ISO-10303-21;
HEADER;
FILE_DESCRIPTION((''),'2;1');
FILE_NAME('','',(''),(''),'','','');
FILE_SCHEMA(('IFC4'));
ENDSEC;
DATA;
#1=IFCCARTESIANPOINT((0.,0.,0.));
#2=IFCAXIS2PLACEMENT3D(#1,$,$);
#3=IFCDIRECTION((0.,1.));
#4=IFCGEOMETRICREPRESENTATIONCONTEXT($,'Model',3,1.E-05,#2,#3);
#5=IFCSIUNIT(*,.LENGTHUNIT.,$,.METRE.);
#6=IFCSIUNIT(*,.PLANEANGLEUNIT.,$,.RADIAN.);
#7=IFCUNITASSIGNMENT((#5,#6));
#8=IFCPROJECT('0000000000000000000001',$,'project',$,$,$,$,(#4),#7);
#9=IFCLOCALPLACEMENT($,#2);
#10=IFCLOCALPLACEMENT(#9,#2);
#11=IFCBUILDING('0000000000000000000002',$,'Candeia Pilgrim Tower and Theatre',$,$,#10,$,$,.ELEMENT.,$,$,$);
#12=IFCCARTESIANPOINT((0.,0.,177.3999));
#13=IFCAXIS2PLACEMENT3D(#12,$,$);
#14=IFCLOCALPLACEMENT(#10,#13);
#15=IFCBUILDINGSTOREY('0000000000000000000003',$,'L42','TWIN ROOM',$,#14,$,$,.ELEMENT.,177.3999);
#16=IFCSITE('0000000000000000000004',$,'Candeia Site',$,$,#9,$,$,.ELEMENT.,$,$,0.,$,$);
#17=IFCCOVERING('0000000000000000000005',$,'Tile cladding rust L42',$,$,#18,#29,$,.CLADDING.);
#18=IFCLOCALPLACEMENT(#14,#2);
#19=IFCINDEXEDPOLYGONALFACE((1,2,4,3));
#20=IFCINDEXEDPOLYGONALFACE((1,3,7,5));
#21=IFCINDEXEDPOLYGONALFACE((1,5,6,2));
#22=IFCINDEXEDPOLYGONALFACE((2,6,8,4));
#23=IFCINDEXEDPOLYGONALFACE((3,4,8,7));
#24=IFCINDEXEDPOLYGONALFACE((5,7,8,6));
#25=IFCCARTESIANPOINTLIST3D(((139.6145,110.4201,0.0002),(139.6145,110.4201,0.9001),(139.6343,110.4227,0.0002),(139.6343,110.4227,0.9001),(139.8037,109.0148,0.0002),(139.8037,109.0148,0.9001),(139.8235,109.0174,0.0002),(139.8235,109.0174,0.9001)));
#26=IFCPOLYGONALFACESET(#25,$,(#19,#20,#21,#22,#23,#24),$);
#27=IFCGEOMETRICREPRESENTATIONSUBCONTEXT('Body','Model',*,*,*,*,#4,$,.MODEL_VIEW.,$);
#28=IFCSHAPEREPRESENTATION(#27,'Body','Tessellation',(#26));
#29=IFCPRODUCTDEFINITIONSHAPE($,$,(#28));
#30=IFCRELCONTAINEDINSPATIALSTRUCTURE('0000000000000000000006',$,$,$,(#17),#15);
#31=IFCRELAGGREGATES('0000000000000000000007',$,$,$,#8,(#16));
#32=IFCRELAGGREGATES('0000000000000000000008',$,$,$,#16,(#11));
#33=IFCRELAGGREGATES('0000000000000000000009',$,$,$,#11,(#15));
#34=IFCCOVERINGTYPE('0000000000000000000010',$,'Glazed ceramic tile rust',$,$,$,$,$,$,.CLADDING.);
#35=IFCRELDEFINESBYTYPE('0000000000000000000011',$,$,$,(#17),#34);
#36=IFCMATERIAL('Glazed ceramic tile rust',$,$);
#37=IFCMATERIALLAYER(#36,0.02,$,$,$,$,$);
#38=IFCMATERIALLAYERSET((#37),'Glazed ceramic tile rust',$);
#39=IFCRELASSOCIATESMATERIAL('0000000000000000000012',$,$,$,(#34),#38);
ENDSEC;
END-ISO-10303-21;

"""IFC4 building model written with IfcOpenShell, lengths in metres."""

from ifc_helpers import new_model, si_unit, direction, frame, origin, origin_2d, place, context, subcontext, project, spatial, rectangle, extrude, material, layer, layer_set, type_object, element, save


model = new_model("IFC4")

# Units and contexts
model_context = context("Model", 3, precision=1e-05, world=origin(), true_north=direction((0.0, 1.0)))
body_context = subcontext(model_context, "Body", "Model", "MODEL_VIEW")
ifc_project = project(units=[si_unit("LENGTHUNIT", "METRE"), si_unit("PLANEANGLEUNIT", "RADIAN")], contexts=[model_context])

# Site, building, storey
site_placement = place(None, origin())
site = spatial("IfcSite", under=ifc_project, at=site_placement, Name="Candeia Site", CompositionType="ELEMENT", RefElevation=0.0)
building_placement = place(site_placement, origin())
building = spatial("IfcBuilding", under=site, at=building_placement, Name="Candeia Pilgrim Tower and Theatre", CompositionType="ELEMENT")
storey_placement = place(building_placement, frame((0.0, 0.0, 177.3999)))
storey = spatial("IfcBuildingStorey", under=building, at=storey_placement, Name="L42", Description="TWIN ROOM", CompositionType="ELEMENT", Elevation=177.3999)

# Covering
ifc_material_1 = material(Name="Glazed ceramic tile rust")
ifc_layer_1 = layer(ifc_material_1, 0.02)
ifc_layer_set_1 = layer_set([ifc_layer_1], Name="Glazed ceramic tile rust")
covering_type = type_object("IfcCoveringType", Name="Glazed ceramic tile rust", PredefinedType="CLADDING", material=ifc_layer_set_1)
covering_placement = place(storey_placement, frame((139.719, 109.7188, 0.0002), z_axis=(0.0, 0.0, 1.0), x_axis=(-0.133412, 0.991061, 0.0)))
element("IfcCovering", 1, at=covering_placement, inside=storey, type_object=covering_type, Name="Tile cladding rust L42", PredefinedType="CLADDING", context=body_context, shape_type="SweptSolid", body=[
    extrude(rectangle(XDim=1.418, YDim=0.02, at=origin_2d()), origin(), (0.0, 0.0, 1.0), 0.8999),
])

save(model, "model.ifc")
